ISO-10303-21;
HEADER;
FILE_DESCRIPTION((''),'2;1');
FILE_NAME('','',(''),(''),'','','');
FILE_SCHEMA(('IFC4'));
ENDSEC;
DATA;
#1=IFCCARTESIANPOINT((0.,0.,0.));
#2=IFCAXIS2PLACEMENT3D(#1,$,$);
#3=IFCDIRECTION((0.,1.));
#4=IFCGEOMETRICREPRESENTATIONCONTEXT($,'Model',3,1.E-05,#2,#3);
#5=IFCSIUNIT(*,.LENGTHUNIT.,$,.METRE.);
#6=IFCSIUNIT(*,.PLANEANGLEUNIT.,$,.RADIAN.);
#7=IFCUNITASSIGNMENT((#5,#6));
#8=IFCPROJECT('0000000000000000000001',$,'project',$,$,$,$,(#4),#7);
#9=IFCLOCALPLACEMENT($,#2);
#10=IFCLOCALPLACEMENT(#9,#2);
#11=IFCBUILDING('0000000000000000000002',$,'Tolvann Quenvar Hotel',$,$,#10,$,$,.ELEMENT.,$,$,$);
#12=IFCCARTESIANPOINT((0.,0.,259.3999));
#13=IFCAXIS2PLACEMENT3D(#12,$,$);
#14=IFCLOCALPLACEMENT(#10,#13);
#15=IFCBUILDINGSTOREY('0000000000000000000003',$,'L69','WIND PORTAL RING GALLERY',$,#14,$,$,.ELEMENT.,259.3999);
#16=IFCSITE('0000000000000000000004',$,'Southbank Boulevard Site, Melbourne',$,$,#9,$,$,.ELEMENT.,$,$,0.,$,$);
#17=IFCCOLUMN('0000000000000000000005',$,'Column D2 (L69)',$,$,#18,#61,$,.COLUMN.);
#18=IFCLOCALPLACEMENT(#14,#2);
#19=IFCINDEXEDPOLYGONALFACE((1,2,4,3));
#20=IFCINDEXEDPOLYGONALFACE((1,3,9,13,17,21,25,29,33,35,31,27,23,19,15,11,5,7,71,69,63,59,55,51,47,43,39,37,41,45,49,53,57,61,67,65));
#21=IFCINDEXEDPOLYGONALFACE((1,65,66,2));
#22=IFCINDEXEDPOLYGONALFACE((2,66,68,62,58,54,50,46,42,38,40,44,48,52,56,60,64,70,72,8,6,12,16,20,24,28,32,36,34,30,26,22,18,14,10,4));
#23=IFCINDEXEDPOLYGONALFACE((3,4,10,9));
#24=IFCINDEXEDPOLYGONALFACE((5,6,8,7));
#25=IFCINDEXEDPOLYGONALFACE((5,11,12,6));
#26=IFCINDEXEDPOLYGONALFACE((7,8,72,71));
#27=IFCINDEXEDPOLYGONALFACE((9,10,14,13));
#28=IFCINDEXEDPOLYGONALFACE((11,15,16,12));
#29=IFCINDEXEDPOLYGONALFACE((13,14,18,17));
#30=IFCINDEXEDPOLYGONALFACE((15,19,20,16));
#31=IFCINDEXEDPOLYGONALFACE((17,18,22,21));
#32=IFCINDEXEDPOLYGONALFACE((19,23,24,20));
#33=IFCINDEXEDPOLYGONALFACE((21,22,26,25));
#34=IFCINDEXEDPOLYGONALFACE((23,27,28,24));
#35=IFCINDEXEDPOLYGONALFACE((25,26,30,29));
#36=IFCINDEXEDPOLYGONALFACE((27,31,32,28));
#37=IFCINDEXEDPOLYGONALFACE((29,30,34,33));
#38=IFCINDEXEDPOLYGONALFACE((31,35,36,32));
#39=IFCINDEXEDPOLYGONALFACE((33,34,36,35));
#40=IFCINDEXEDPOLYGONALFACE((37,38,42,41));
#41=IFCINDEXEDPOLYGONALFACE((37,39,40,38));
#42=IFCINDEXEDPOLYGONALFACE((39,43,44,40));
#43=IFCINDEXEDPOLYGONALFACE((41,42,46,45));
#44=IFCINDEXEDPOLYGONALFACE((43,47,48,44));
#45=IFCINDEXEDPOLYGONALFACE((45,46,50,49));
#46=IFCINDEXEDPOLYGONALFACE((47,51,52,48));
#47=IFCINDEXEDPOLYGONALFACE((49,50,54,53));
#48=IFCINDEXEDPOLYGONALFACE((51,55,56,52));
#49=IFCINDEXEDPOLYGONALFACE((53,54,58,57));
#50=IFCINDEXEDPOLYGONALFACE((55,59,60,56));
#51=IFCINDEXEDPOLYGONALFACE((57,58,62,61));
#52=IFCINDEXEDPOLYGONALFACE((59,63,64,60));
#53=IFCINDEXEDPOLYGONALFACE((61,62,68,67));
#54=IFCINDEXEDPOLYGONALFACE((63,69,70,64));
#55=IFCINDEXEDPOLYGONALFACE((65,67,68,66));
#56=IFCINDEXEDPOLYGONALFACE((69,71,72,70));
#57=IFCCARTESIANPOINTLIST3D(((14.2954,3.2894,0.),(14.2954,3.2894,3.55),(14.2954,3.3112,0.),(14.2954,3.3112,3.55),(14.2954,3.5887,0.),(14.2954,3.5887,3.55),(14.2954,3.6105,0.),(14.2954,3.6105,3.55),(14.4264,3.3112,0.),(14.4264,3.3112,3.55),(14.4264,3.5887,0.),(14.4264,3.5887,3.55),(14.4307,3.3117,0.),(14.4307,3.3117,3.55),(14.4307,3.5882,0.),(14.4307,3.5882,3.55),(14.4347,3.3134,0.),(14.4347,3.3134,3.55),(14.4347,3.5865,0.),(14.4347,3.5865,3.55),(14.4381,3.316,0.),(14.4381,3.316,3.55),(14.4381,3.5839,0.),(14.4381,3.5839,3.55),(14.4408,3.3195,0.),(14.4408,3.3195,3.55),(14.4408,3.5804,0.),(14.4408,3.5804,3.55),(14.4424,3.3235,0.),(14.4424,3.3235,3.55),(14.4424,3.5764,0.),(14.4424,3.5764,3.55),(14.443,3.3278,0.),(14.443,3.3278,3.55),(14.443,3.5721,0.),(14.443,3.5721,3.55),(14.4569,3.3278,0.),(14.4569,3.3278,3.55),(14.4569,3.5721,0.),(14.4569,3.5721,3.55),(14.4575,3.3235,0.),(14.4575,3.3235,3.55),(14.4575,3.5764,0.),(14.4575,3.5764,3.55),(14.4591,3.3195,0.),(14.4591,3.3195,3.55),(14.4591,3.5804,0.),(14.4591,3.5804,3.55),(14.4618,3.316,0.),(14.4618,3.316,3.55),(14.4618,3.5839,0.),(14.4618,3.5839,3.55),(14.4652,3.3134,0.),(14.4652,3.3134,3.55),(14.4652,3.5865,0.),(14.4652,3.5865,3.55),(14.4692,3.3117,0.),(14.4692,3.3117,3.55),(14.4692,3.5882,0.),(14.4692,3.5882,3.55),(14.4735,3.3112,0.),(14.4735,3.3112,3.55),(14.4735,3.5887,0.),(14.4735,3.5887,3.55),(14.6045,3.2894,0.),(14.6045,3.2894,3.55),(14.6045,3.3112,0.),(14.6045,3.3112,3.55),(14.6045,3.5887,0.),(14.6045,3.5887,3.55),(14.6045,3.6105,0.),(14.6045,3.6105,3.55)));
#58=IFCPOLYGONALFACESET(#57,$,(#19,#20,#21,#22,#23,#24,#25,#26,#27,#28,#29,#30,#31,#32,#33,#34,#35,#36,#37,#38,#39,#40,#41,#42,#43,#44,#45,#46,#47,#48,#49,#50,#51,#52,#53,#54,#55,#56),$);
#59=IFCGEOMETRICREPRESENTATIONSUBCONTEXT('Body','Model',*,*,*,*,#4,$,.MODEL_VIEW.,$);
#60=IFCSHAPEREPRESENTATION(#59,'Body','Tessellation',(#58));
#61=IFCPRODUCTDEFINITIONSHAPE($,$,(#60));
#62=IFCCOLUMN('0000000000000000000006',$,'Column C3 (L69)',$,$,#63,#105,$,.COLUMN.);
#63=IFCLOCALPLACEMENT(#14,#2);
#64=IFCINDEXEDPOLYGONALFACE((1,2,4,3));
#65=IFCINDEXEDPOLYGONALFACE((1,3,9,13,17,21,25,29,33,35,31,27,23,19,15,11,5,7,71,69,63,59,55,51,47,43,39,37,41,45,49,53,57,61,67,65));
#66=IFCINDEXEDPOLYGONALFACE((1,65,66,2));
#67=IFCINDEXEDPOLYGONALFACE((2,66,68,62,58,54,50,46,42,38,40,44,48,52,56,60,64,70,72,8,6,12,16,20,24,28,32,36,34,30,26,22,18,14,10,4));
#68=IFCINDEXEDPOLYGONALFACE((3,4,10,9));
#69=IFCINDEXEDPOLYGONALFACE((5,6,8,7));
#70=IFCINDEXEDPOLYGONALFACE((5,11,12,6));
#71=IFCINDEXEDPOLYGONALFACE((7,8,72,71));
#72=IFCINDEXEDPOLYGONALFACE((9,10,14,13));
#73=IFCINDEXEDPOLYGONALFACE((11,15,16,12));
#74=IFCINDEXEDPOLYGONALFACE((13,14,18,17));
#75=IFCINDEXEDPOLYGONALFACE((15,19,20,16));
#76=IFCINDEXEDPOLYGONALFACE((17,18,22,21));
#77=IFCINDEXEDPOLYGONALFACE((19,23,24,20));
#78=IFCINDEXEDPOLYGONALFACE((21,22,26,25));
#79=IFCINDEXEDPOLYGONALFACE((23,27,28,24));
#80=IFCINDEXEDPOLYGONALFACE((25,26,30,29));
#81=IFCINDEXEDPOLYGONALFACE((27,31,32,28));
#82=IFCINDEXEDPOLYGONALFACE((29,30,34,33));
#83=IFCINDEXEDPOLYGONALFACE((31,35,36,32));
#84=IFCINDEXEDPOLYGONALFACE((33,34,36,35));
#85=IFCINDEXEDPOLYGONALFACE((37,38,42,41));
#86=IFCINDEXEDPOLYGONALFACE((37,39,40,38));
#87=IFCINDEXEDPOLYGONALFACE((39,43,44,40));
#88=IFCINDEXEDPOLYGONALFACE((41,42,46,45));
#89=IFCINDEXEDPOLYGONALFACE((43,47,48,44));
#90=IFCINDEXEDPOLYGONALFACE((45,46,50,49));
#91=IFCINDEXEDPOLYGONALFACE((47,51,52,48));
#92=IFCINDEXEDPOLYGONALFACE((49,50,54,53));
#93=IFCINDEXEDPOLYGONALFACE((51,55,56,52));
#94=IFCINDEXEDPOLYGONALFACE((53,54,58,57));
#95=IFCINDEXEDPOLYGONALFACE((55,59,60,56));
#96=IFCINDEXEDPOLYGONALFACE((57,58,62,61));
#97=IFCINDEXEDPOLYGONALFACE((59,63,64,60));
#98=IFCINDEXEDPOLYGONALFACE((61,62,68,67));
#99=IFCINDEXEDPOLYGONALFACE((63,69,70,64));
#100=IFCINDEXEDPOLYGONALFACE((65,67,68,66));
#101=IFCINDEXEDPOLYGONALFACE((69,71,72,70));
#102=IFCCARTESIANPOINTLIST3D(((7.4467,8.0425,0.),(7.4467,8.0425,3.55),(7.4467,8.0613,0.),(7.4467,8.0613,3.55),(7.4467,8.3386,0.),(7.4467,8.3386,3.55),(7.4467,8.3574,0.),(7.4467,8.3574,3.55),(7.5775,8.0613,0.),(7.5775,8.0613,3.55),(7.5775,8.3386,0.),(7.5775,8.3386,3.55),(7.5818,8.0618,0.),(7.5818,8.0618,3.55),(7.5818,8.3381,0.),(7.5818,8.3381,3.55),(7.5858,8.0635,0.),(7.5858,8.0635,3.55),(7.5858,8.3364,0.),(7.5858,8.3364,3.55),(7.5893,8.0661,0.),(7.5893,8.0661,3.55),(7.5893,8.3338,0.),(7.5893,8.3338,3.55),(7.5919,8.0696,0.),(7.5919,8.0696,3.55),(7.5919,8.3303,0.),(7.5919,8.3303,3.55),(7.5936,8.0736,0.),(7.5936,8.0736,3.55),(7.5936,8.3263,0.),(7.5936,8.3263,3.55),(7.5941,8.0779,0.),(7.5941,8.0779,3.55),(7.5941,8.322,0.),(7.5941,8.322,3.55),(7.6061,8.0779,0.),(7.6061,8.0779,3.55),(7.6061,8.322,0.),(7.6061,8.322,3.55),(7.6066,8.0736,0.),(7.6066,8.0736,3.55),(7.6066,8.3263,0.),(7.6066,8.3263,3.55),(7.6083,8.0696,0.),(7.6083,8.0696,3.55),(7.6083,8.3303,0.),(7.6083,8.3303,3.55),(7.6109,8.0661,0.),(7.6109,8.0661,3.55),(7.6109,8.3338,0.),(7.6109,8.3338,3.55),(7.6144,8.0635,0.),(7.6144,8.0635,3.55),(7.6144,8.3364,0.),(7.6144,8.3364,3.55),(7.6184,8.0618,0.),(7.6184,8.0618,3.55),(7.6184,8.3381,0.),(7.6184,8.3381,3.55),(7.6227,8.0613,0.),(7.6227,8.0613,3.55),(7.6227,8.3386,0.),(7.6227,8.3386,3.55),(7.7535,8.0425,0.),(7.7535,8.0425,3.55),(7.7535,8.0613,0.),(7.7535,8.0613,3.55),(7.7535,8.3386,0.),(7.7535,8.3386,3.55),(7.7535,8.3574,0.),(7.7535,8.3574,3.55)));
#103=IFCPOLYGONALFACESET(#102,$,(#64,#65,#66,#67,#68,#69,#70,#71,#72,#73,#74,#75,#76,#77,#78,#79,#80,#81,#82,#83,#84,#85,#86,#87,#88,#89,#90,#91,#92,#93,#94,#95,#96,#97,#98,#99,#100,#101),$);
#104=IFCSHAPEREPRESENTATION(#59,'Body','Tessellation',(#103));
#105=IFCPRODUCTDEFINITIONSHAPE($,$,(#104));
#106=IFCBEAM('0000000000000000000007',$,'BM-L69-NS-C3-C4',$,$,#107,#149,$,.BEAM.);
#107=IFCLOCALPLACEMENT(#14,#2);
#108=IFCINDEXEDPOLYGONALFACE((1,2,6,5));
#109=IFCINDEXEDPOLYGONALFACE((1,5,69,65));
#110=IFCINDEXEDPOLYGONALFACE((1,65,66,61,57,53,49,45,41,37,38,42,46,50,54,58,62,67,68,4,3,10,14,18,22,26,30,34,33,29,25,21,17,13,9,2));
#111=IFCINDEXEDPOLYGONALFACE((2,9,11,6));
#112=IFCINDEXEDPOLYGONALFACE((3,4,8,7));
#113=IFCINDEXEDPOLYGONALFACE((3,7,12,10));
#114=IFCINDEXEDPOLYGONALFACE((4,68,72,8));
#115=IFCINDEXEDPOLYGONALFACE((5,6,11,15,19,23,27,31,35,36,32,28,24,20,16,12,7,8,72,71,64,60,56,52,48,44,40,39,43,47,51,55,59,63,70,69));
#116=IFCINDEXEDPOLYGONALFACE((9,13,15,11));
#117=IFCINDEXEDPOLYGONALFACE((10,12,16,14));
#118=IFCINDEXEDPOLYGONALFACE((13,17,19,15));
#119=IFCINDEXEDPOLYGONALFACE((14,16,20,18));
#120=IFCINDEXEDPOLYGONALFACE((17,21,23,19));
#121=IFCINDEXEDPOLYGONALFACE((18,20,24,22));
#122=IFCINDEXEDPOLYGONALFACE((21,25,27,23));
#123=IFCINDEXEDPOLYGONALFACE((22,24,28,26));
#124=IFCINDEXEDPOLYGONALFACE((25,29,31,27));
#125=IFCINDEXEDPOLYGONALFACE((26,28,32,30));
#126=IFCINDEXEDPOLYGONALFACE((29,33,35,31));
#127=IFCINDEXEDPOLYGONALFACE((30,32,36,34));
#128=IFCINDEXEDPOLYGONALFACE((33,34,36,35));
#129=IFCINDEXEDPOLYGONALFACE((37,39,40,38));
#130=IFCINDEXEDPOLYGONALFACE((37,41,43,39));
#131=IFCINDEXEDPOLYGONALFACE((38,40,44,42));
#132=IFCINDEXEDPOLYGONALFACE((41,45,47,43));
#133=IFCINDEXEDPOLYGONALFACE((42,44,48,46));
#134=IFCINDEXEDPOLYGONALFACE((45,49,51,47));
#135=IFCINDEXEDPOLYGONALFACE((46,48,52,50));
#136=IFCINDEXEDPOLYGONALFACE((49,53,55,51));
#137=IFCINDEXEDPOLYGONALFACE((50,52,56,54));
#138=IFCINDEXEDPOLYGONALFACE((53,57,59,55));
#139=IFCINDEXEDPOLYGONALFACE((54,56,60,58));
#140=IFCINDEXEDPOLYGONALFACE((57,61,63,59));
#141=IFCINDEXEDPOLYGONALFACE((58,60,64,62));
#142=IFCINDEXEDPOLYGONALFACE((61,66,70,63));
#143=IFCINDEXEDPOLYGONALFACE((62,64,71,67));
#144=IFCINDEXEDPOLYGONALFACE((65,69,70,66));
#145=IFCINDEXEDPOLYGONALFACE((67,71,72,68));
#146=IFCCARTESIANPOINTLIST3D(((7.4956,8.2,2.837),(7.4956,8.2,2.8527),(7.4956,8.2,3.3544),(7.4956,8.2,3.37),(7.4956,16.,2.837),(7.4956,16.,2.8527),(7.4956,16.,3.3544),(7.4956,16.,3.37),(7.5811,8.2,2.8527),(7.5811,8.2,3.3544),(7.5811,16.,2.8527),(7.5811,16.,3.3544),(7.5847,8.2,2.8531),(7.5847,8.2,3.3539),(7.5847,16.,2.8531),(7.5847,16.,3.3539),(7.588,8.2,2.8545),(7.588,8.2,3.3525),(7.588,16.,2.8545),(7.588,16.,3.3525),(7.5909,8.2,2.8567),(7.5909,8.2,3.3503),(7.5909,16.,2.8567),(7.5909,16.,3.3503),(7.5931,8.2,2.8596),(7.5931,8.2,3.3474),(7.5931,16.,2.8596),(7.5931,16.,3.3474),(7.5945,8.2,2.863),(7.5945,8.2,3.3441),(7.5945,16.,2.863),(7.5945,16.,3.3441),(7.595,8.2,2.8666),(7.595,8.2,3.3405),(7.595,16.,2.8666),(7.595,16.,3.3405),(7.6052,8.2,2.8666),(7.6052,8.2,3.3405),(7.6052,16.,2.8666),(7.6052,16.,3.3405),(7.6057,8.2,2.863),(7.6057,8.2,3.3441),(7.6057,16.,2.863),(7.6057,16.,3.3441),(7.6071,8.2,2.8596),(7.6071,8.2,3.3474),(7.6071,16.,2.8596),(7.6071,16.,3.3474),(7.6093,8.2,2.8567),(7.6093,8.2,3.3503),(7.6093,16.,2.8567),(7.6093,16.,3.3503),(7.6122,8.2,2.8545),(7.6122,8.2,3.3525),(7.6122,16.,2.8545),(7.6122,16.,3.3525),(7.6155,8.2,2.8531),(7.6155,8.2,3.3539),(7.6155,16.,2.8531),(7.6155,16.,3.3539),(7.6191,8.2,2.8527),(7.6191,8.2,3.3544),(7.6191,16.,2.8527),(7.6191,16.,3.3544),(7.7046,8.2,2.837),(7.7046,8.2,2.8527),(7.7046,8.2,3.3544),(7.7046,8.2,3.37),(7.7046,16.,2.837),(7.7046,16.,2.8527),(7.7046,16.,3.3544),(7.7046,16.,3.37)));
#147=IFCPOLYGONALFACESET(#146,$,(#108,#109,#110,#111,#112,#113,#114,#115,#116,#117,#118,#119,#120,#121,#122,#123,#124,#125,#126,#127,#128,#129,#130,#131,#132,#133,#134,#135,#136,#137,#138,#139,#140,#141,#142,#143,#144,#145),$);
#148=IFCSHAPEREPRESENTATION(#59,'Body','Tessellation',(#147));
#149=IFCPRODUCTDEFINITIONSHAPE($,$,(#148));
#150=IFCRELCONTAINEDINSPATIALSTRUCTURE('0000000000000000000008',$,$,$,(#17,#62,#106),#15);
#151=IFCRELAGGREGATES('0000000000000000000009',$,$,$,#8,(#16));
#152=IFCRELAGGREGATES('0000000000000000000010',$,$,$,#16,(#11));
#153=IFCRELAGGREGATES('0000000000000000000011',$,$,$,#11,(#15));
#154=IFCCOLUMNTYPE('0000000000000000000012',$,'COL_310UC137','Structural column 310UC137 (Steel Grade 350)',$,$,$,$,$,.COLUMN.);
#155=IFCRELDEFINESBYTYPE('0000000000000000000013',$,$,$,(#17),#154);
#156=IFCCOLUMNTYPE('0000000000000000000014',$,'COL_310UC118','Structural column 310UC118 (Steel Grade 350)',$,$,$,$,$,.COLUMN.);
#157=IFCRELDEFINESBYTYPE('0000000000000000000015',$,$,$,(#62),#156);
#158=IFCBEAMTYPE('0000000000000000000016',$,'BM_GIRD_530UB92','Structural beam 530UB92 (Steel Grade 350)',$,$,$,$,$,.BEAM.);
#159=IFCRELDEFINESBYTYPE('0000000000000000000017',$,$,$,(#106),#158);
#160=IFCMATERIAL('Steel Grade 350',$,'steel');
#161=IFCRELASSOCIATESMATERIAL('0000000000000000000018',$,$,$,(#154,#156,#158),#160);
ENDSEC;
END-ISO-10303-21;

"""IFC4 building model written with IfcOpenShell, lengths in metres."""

from ifc_helpers import new_model, si_unit, direction, frame, origin, origin_2d, place, context, subcontext, project, spatial, i_section, extrude, source, transform, mapped, material, material_profile, profile_set, type_object, type_shapes, element, save


model = new_model("IFC4")

# Units and contexts
model_context = context("Model", 3, precision=1e-05, world=origin(), true_north=direction((0.0, 1.0)))
body_context = subcontext(model_context, "Body", "Model", "MODEL_VIEW")
ifc_project = project(units=[si_unit("LENGTHUNIT", "METRE"), si_unit("PLANEANGLEUNIT", "RADIAN")], contexts=[model_context])

# Site, building, storey
site_placement = place(None, origin())
site = spatial("IfcSite", under=ifc_project, at=site_placement, Name="Southbank Boulevard Site, Melbourne", CompositionType="ELEMENT", RefElevation=0.0)
building_placement = place(site_placement, origin())
building = spatial("IfcBuilding", under=site, at=building_placement, Name="Tolvann Quenvar Hotel", CompositionType="ELEMENT")
storey_placement = place(building_placement, frame((0.0, 0.0, 259.3999)))
storey = spatial("IfcBuildingStorey", under=building, at=storey_placement, Name="L69", Description="WIND PORTAL RING GALLERY", CompositionType="ELEMENT", Elevation=259.3999)

# Columns
ifc_material_1 = material(Name="Steel Grade 350", Category="steel")
ifc_material_profile_1 = material_profile(ifc_material_1, i_section(OverallWidth=0.3091, OverallDepth=0.321, WebThickness=0.0139, FlangeThickness=0.0217, FilletRadius=0.0166, at=origin_2d()), Name="310UC137")
ifc_profile_set_1 = profile_set([ifc_material_profile_1], Name="Steel Grade 350")
column_type_1 = type_object("IfcColumnType", Name="COL_310UC137", Description="Structural column 310UC137 (Steel Grade 350)", PredefinedType="COLUMN", material=ifc_profile_set_1)
shared_shape_1 = source(origin(), body_context, "Body", "SweptSolid", [
    extrude(i_section(OverallWidth=0.3091, OverallDepth=0.321, WebThickness=0.0139, FlangeThickness=0.0217, FilletRadius=0.0166, at=origin_2d()), origin(), (0.0, 0.0, 1.0), 3.55),
])
type_shapes(column_type_1, [shared_shape_1])
column_1_placement = place(storey_placement, frame((14.45, 3.45, 0.0), z_axis=(0.0, 0.0, 1.0), x_axis=(1.0, 0.0, 0.0)))
element("IfcColumn", 1, at=column_1_placement, inside=storey, type_object=column_type_1, Name="Column D2 (L69)", PredefinedType="COLUMN", context=body_context, shape_type="MappedRepresentation", body=[
    mapped(shared_shape_1, transform((0.0, 0.0, 0.0), x_axis=(1.0, 0.0, 0.0), y_axis=(0.0, 1.0, 0.0), z_axis=(0.0, 0.0, 1.0), scale=1.0)),
])
ifc_material_profile_2 = material_profile(ifc_material_1, i_section(OverallWidth=0.3069, OverallDepth=0.3149, WebThickness=0.012, FlangeThickness=0.0188, FilletRadius=0.0166, at=origin_2d()), Name="310UC118")
ifc_profile_set_2 = profile_set([ifc_material_profile_2], Name="Steel Grade 350")
column_type_2 = type_object("IfcColumnType", Name="COL_310UC118", Description="Structural column 310UC118 (Steel Grade 350)", PredefinedType="COLUMN", material=ifc_profile_set_2)
shared_shape_2 = source(origin(), body_context, "Body", "SweptSolid", [
    extrude(i_section(OverallWidth=0.3069, OverallDepth=0.3149, WebThickness=0.012, FlangeThickness=0.0188, FilletRadius=0.0166, at=origin_2d()), origin(), (0.0, 0.0, 1.0), 3.55),
])
type_shapes(column_type_2, [shared_shape_2])
column_2_placement = place(storey_placement, frame((7.6001, 8.2, 0.0), z_axis=(0.0, 0.0, 1.0), x_axis=(1.0, 0.0, 0.0)))
element("IfcColumn", 2, at=column_2_placement, inside=storey, type_object=column_type_2, Name="Column C3 (L69)", PredefinedType="COLUMN", context=body_context, shape_type="MappedRepresentation", body=[
    mapped(shared_shape_2, transform((0.0, 0.0, 0.0), x_axis=(1.0, 0.0, 0.0), y_axis=(0.0, 1.0, 0.0), z_axis=(0.0, 0.0, 1.0), scale=1.0)),
])

# Beam
ifc_material_profile_3 = material_profile(ifc_material_1, i_section(OverallWidth=0.209, OverallDepth=0.533, WebThickness=0.0103, FlangeThickness=0.0156, FilletRadius=0.0139, at=origin_2d()), Name="530UB92")
ifc_profile_set_3 = profile_set([ifc_material_profile_3], Name="Steel Grade 350")
beam_type_1 = type_object("IfcBeamType", Name="BM_GIRD_530UB92", Description="Structural beam 530UB92 (Steel Grade 350)", PredefinedType="BEAM", material=ifc_profile_set_3)
shared_shape_3 = source(origin(), body_context, "Body", "SweptSolid", [
    extrude(i_section(OverallWidth=0.209, OverallDepth=0.533, WebThickness=0.0103, FlangeThickness=0.0156, FilletRadius=0.0139, at=origin_2d()), origin(), (0.0, 0.0, 1.0), 7.8),
])
beam_1_placement = place(storey_placement, frame((7.6001, 8.2, 3.1035), z_axis=(0.0, 1.0, 0.0), x_axis=(-1.0, 0.0, 0.0)))
element("IfcBeam", 3, at=beam_1_placement, inside=storey, type_object=beam_type_1, Name="BM-L69-NS-C3-C4", PredefinedType="BEAM", context=body_context, shape_type="MappedRepresentation", body=[
    mapped(shared_shape_3, transform((0.0, 0.0, 0.0), x_axis=(1.0, 0.0, 0.0), y_axis=(0.0, 1.0, 0.0), z_axis=(0.0, 0.0, 1.0), scale=1.0)),
])

save(model, "model.ifc")
